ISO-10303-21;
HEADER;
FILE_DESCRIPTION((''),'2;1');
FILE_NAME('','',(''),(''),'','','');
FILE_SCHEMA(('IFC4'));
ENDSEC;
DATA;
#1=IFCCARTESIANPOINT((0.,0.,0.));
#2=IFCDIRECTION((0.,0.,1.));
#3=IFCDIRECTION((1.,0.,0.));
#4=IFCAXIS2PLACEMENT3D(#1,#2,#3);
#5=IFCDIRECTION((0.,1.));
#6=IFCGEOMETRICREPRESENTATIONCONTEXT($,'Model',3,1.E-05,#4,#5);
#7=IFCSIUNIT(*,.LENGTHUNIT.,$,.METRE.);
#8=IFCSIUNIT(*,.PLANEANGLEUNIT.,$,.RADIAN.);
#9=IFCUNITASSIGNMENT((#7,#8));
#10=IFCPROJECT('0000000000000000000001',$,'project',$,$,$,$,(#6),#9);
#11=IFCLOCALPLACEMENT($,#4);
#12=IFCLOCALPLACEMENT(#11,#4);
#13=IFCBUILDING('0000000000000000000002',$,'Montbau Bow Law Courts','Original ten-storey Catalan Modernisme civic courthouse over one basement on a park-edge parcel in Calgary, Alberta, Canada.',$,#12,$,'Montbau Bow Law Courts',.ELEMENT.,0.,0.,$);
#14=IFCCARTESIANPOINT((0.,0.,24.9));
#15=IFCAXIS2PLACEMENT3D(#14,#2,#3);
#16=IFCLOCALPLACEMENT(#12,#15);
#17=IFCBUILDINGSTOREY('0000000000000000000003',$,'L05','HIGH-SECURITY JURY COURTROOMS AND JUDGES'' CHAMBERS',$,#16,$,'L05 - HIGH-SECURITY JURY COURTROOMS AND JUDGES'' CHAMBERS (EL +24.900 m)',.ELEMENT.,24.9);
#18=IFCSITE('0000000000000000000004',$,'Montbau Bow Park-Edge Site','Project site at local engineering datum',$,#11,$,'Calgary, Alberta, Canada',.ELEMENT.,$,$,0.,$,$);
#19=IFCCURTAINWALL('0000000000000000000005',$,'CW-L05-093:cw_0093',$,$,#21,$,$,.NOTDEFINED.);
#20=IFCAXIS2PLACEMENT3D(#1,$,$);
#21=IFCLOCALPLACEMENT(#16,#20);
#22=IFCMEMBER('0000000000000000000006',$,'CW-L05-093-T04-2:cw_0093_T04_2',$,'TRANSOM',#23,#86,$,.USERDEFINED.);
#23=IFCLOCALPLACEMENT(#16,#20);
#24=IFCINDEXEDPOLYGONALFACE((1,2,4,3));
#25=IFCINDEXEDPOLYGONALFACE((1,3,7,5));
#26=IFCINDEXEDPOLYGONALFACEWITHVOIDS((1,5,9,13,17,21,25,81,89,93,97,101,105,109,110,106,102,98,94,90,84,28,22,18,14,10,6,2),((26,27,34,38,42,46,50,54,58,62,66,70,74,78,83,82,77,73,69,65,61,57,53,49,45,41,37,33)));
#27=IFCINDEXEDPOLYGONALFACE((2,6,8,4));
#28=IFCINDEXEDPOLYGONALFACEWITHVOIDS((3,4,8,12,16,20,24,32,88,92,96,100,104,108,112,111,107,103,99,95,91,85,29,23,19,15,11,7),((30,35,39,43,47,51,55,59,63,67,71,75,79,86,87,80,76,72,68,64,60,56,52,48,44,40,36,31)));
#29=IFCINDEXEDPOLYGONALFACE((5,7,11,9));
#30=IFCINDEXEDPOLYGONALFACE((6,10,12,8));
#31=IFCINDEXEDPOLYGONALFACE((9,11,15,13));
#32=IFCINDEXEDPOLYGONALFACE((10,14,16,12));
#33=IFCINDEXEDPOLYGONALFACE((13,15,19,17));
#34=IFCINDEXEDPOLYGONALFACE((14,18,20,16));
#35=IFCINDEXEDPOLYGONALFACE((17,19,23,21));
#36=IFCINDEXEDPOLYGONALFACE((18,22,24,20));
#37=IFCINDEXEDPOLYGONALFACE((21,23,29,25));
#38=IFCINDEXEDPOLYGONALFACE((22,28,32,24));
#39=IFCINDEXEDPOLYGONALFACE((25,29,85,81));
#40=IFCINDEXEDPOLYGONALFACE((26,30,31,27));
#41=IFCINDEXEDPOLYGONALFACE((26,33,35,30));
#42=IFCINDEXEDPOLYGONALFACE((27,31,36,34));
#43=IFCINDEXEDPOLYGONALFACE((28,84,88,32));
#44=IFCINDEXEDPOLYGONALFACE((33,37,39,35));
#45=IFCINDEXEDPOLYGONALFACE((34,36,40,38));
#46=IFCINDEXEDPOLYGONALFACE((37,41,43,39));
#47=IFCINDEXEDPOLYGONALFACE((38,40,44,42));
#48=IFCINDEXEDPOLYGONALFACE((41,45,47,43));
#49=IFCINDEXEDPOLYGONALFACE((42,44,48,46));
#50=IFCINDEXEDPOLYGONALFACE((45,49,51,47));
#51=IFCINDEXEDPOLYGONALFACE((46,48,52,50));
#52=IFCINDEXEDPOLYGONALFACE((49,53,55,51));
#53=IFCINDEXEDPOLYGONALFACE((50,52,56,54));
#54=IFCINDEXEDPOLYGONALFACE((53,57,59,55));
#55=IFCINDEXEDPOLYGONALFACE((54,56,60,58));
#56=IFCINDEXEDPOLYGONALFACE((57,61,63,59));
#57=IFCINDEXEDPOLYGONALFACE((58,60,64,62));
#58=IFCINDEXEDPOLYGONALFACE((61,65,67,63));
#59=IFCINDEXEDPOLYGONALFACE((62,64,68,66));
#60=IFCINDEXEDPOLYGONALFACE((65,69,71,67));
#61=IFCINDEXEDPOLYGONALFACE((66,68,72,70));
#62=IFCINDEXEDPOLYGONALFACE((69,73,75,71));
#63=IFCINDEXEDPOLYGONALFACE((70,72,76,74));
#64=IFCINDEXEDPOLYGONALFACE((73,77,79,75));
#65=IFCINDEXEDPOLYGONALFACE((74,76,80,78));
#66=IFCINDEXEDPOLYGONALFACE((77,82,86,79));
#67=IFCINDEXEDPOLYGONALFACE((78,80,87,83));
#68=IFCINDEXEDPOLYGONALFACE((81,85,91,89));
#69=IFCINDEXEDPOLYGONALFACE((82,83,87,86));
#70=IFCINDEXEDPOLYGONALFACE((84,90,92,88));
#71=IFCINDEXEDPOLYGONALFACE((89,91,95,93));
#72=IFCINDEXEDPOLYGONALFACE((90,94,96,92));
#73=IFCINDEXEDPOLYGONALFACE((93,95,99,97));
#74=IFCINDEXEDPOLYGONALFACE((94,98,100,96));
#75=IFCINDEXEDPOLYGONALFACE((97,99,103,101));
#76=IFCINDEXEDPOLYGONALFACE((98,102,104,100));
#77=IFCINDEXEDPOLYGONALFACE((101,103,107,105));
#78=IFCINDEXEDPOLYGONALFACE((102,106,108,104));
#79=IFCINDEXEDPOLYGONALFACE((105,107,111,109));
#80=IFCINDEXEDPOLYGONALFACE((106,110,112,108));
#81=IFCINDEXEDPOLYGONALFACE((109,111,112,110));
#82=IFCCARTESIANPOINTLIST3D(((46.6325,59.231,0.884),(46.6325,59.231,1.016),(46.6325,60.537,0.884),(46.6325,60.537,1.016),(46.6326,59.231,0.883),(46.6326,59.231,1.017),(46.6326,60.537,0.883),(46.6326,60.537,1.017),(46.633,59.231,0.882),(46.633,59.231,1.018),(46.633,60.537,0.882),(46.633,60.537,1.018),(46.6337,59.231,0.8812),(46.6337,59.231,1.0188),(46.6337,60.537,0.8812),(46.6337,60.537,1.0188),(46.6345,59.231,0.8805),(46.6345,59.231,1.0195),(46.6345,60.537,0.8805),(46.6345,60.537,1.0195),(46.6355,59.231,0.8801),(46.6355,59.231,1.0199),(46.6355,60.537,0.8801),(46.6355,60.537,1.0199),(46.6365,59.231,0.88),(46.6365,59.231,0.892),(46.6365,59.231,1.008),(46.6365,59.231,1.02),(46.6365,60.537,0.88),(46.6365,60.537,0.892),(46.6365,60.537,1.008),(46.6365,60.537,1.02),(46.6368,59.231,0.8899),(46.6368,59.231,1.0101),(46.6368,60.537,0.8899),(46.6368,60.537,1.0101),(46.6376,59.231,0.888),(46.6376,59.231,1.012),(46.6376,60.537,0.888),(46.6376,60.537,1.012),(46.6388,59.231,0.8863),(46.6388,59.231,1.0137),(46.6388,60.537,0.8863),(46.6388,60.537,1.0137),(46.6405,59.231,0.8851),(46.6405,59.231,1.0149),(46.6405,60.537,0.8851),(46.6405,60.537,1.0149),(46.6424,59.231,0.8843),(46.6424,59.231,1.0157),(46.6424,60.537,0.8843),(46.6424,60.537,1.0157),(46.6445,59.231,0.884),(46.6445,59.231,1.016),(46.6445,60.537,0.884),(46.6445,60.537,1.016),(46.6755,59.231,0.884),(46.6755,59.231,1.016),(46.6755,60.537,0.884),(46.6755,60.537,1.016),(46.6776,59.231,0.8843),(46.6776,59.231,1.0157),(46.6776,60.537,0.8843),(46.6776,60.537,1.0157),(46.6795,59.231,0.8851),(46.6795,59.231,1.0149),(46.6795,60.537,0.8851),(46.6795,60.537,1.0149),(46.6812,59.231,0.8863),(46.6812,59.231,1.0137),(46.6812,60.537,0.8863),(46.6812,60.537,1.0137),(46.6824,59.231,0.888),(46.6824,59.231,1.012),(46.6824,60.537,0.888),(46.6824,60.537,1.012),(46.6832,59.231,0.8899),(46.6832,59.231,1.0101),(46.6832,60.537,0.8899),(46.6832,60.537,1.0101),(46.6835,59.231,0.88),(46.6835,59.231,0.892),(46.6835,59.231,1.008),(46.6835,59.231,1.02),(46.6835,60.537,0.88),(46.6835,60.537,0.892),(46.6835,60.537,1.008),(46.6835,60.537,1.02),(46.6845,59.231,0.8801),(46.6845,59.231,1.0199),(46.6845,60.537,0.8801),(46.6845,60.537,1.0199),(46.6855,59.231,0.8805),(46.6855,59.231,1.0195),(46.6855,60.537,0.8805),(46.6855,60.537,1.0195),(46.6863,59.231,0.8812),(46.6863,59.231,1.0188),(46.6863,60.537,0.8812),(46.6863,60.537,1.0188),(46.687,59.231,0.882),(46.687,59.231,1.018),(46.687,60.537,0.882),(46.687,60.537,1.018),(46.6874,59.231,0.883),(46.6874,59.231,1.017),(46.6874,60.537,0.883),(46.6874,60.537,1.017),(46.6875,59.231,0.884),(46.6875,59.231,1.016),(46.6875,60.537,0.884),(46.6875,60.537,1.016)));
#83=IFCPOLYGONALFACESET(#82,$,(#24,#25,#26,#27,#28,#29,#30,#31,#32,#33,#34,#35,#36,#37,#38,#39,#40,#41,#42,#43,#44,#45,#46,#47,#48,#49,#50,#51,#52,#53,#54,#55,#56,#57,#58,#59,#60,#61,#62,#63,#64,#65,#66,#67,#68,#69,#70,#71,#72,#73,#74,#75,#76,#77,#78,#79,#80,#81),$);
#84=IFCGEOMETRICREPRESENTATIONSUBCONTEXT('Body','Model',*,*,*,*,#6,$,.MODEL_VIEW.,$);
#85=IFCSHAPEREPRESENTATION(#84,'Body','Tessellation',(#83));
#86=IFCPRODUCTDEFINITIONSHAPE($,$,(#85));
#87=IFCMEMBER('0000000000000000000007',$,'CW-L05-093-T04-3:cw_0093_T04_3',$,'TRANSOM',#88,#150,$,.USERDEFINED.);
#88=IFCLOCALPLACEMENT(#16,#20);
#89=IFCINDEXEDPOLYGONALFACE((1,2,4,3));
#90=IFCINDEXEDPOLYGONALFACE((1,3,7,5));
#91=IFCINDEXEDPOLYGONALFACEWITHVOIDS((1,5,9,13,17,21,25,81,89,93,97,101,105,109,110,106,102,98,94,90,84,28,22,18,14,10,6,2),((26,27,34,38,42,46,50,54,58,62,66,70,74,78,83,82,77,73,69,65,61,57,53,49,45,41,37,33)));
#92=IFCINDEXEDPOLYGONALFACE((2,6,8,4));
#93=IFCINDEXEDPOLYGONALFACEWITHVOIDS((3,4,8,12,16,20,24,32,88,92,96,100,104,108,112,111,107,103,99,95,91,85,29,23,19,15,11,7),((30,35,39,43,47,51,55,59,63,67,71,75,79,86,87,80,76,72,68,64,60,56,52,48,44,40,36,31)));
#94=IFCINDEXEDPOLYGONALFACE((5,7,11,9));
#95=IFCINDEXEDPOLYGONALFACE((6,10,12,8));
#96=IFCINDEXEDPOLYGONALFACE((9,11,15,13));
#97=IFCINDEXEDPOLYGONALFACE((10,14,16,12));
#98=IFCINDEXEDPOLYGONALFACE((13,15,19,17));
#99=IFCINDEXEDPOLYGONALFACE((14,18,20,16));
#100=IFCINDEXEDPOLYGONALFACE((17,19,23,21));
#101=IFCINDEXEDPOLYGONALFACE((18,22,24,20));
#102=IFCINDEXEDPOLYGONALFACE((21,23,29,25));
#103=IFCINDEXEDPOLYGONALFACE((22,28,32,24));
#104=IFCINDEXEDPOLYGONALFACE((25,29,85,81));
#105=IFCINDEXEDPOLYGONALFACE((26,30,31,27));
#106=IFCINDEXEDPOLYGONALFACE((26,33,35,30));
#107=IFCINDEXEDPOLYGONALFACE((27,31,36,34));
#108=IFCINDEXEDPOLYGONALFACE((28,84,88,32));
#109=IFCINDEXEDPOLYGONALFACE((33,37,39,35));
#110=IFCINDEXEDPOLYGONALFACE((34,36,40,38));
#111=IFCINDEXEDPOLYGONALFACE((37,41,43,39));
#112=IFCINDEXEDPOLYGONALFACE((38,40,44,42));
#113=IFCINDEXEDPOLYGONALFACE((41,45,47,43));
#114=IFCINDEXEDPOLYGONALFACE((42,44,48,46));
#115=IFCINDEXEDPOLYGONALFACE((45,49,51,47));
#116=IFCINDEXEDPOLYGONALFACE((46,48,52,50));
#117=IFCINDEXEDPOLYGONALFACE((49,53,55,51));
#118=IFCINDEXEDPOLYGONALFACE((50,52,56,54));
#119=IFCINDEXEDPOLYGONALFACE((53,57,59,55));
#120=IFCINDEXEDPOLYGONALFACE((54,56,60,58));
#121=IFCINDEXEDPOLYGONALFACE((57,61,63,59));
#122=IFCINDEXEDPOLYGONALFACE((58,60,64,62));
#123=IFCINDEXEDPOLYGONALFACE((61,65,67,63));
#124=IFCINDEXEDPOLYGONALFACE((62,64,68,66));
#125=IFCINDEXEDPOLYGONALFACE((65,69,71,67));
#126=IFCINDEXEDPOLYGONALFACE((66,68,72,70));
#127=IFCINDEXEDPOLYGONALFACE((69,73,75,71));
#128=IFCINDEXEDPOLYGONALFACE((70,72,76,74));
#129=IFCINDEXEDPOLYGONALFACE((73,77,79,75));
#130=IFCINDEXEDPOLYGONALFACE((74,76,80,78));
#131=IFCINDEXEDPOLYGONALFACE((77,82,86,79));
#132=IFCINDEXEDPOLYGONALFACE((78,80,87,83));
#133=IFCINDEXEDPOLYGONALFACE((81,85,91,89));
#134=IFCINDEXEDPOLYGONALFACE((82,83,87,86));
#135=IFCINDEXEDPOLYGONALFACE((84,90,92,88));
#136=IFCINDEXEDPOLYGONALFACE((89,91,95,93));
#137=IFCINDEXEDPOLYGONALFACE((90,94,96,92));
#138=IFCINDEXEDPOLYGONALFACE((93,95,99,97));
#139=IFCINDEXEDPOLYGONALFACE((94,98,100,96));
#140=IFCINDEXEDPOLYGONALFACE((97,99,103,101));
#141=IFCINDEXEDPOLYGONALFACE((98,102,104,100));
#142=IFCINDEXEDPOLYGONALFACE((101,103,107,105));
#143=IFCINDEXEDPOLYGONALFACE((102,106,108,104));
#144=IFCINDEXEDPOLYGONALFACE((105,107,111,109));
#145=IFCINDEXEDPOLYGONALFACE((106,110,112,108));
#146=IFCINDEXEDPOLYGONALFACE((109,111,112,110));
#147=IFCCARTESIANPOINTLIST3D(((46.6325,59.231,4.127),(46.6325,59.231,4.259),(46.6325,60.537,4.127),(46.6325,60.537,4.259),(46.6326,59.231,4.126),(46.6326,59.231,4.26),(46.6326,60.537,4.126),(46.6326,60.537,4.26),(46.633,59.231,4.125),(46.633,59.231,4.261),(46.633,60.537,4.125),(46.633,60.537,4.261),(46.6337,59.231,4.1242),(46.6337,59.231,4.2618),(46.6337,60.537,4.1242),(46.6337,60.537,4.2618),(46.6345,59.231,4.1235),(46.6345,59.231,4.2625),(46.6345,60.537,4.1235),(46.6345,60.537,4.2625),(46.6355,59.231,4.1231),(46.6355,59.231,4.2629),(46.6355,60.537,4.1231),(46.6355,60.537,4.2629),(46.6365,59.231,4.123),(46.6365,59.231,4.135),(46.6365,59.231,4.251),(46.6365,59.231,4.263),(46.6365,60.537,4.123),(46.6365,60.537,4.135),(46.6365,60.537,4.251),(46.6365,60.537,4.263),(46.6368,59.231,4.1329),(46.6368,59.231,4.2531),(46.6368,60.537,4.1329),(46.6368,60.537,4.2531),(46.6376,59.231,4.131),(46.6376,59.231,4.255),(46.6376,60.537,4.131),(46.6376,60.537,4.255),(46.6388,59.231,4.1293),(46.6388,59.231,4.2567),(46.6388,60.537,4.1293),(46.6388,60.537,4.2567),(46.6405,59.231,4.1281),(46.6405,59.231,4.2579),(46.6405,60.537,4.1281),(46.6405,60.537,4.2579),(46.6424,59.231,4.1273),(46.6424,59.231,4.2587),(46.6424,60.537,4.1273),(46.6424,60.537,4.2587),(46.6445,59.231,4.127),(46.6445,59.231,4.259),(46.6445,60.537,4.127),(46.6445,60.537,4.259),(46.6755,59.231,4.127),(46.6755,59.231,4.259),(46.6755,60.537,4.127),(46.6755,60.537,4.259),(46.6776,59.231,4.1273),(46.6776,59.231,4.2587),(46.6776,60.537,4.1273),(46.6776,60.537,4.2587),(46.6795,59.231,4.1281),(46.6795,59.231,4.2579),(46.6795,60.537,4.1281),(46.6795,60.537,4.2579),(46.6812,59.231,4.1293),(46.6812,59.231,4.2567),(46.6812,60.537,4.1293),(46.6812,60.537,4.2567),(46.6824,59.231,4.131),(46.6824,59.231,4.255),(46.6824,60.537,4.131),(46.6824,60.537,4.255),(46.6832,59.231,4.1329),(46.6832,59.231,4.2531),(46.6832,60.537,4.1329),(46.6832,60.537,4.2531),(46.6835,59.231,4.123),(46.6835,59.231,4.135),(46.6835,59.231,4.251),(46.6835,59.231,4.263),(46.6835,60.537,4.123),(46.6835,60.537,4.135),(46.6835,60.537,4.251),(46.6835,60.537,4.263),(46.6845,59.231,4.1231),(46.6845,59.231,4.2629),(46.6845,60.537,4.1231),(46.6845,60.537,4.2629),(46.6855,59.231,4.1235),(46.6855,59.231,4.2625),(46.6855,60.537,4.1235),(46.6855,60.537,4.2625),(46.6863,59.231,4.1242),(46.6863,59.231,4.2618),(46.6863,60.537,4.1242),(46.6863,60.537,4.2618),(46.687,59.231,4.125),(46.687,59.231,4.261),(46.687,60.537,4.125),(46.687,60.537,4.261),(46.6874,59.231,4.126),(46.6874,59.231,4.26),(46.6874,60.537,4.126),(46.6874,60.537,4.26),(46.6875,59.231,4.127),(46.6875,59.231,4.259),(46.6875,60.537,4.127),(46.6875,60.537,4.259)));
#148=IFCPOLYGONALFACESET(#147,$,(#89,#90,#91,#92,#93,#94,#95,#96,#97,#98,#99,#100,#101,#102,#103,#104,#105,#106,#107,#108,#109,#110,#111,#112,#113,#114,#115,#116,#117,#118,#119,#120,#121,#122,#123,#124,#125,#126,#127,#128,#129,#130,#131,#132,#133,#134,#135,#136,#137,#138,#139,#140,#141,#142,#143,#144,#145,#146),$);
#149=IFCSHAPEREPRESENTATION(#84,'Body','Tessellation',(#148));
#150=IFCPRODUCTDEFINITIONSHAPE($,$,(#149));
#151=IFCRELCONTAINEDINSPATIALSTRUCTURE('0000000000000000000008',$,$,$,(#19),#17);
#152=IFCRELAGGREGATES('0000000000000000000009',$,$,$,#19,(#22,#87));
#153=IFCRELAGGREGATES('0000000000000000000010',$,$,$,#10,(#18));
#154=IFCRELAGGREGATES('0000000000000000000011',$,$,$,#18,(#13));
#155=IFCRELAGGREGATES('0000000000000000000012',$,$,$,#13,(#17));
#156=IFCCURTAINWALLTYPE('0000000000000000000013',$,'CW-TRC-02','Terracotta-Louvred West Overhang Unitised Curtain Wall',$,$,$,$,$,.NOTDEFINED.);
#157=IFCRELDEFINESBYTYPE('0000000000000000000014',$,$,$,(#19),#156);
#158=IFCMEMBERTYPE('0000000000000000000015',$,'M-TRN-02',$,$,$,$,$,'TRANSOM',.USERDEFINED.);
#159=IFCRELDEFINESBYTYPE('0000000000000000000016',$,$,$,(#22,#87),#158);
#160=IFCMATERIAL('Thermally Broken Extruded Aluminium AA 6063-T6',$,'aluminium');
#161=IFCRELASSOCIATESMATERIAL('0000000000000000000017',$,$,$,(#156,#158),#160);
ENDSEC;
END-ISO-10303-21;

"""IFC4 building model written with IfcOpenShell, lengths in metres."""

from ifc_helpers import new_model, si_unit, direction, frame, origin_with_axes, origin_2d_with_axis, place, context, subcontext, project, spatial, hollow_rectangle, extrude, material, material_profile, profile_set, type_object, element, aggregate, save


model = new_model("IFC4")

# Units and contexts
model_context = context("Model", 3, precision=1e-05, world=origin_with_axes(), true_north=direction((0.0, 1.0)))
body_context = subcontext(model_context, "Body", "Model", "MODEL_VIEW")
ifc_project = project(units=[si_unit("LENGTHUNIT", "METRE"), si_unit("PLANEANGLEUNIT", "RADIAN")], contexts=[model_context])

# Site, building, storey
site_placement = place(None, origin_with_axes())
site = spatial("IfcSite", under=ifc_project, at=site_placement, Name="Montbau Bow Park-Edge Site", Description="Project site at local engineering datum", LongName="Calgary, Alberta, Canada", CompositionType="ELEMENT", RefElevation=0.0)
building_placement = place(site_placement, origin_with_axes())
building = spatial("IfcBuilding", under=site, at=building_placement, Name="Montbau Bow Law Courts", Description="Original ten-storey Catalan Modernisme civic courthouse over one basement on a park-edge parcel in Calgary, Alberta, Canada.", LongName="Montbau Bow Law Courts", CompositionType="ELEMENT", ElevationOfRefHeight=0.0, ElevationOfTerrain=0.0)
storey_placement = place(building_placement, frame((0.0, 0.0, 24.9), z_axis=(0.0, 0.0, 1.0), x_axis=(1.0, 0.0, 0.0)))
storey = spatial("IfcBuildingStorey", under=building, at=storey_placement, Name="L05", Description="HIGH-SECURITY JURY COURTROOMS AND JUDGES' CHAMBERS", LongName="L05 - HIGH-SECURITY JURY COURTROOMS AND JUDGES' CHAMBERS (EL +24.900 m)", CompositionType="ELEMENT", Elevation=24.9)

# Curtain wall, members
ifc_material_1 = material(Name="Thermally Broken Extruded Aluminium AA 6063-T6", Category="aluminium")
curtain_wall_type = type_object("IfcCurtainWallType", Name="CW-TRC-02", Description="Terracotta-Louvred West Overhang Unitised Curtain Wall", PredefinedType="NOTDEFINED", material=ifc_material_1)
curtain_wall_placement = place(None, frame((46.66, 55.04, 24.9), z_axis=(0.0, 0.0, 1.0), x_axis=(1.0, 0.0, 0.0)))
curtain_wall = element("IfcCurtainWall", 1, at=curtain_wall_placement, inside=storey, type_object=curtain_wall_type, Name="CW-L05-093:cw_0093", PredefinedType="NOTDEFINED")
ifc_material_profile_1 = material_profile(ifc_material_1, hollow_rectangle(XDim=0.055, YDim=0.14, WallThickness=0.004, InnerFilletRadius=0.008, OuterFilletRadius=0.004, at=origin_2d_with_axis()), Name="CWT-140X55", Category="Main", Priority=0)
ifc_profile_set_1 = profile_set([ifc_material_profile_1], Name="Thermally Broken Extruded Aluminium AA 6063-T6")
member_type_1 = type_object("IfcMemberType", Name="M-TRN-02", ElementType="TRANSOM", PredefinedType="USERDEFINED", material=ifc_profile_set_1)
member_1_placement = place(None, frame((46.66, 59.231, 25.85), z_axis=(0.0, 1.0, 0.0), x_axis=(-1.0, 0.0, 0.0)))
member_1 = element("IfcMember", 2, at=member_1_placement, type_object=member_type_1, Name="CW-L05-093-T04-2:cw_0093_T04_2", ObjectType="TRANSOM", PredefinedType="USERDEFINED", context=body_context, shape_type="SweptSolid", body=[
    extrude(hollow_rectangle(XDim=0.055, YDim=0.14, WallThickness=0.004, InnerFilletRadius=0.008, OuterFilletRadius=0.004, at=origin_2d_with_axis()), origin_with_axes(), (0.0, 0.0, 1.0), 1.306),
])
member_2_placement = place(None, frame((46.66, 59.231, 29.093), z_axis=(0.0, 1.0, 0.0), x_axis=(-1.0, 0.0, 0.0)))
member_2 = element("IfcMember", 3, at=member_2_placement, type_object=member_type_1, Name="CW-L05-093-T04-3:cw_0093_T04_3", ObjectType="TRANSOM", PredefinedType="USERDEFINED", context=body_context, shape_type="SweptSolid", body=[
    extrude(hollow_rectangle(XDim=0.055, YDim=0.14, WallThickness=0.004, InnerFilletRadius=0.008, OuterFilletRadius=0.004, at=origin_2d_with_axis()), origin_with_axes(), (0.0, 0.0, 1.0), 1.306),
])
aggregate(curtain_wall, [member_1, member_2])

save(model, "model.ifc")
